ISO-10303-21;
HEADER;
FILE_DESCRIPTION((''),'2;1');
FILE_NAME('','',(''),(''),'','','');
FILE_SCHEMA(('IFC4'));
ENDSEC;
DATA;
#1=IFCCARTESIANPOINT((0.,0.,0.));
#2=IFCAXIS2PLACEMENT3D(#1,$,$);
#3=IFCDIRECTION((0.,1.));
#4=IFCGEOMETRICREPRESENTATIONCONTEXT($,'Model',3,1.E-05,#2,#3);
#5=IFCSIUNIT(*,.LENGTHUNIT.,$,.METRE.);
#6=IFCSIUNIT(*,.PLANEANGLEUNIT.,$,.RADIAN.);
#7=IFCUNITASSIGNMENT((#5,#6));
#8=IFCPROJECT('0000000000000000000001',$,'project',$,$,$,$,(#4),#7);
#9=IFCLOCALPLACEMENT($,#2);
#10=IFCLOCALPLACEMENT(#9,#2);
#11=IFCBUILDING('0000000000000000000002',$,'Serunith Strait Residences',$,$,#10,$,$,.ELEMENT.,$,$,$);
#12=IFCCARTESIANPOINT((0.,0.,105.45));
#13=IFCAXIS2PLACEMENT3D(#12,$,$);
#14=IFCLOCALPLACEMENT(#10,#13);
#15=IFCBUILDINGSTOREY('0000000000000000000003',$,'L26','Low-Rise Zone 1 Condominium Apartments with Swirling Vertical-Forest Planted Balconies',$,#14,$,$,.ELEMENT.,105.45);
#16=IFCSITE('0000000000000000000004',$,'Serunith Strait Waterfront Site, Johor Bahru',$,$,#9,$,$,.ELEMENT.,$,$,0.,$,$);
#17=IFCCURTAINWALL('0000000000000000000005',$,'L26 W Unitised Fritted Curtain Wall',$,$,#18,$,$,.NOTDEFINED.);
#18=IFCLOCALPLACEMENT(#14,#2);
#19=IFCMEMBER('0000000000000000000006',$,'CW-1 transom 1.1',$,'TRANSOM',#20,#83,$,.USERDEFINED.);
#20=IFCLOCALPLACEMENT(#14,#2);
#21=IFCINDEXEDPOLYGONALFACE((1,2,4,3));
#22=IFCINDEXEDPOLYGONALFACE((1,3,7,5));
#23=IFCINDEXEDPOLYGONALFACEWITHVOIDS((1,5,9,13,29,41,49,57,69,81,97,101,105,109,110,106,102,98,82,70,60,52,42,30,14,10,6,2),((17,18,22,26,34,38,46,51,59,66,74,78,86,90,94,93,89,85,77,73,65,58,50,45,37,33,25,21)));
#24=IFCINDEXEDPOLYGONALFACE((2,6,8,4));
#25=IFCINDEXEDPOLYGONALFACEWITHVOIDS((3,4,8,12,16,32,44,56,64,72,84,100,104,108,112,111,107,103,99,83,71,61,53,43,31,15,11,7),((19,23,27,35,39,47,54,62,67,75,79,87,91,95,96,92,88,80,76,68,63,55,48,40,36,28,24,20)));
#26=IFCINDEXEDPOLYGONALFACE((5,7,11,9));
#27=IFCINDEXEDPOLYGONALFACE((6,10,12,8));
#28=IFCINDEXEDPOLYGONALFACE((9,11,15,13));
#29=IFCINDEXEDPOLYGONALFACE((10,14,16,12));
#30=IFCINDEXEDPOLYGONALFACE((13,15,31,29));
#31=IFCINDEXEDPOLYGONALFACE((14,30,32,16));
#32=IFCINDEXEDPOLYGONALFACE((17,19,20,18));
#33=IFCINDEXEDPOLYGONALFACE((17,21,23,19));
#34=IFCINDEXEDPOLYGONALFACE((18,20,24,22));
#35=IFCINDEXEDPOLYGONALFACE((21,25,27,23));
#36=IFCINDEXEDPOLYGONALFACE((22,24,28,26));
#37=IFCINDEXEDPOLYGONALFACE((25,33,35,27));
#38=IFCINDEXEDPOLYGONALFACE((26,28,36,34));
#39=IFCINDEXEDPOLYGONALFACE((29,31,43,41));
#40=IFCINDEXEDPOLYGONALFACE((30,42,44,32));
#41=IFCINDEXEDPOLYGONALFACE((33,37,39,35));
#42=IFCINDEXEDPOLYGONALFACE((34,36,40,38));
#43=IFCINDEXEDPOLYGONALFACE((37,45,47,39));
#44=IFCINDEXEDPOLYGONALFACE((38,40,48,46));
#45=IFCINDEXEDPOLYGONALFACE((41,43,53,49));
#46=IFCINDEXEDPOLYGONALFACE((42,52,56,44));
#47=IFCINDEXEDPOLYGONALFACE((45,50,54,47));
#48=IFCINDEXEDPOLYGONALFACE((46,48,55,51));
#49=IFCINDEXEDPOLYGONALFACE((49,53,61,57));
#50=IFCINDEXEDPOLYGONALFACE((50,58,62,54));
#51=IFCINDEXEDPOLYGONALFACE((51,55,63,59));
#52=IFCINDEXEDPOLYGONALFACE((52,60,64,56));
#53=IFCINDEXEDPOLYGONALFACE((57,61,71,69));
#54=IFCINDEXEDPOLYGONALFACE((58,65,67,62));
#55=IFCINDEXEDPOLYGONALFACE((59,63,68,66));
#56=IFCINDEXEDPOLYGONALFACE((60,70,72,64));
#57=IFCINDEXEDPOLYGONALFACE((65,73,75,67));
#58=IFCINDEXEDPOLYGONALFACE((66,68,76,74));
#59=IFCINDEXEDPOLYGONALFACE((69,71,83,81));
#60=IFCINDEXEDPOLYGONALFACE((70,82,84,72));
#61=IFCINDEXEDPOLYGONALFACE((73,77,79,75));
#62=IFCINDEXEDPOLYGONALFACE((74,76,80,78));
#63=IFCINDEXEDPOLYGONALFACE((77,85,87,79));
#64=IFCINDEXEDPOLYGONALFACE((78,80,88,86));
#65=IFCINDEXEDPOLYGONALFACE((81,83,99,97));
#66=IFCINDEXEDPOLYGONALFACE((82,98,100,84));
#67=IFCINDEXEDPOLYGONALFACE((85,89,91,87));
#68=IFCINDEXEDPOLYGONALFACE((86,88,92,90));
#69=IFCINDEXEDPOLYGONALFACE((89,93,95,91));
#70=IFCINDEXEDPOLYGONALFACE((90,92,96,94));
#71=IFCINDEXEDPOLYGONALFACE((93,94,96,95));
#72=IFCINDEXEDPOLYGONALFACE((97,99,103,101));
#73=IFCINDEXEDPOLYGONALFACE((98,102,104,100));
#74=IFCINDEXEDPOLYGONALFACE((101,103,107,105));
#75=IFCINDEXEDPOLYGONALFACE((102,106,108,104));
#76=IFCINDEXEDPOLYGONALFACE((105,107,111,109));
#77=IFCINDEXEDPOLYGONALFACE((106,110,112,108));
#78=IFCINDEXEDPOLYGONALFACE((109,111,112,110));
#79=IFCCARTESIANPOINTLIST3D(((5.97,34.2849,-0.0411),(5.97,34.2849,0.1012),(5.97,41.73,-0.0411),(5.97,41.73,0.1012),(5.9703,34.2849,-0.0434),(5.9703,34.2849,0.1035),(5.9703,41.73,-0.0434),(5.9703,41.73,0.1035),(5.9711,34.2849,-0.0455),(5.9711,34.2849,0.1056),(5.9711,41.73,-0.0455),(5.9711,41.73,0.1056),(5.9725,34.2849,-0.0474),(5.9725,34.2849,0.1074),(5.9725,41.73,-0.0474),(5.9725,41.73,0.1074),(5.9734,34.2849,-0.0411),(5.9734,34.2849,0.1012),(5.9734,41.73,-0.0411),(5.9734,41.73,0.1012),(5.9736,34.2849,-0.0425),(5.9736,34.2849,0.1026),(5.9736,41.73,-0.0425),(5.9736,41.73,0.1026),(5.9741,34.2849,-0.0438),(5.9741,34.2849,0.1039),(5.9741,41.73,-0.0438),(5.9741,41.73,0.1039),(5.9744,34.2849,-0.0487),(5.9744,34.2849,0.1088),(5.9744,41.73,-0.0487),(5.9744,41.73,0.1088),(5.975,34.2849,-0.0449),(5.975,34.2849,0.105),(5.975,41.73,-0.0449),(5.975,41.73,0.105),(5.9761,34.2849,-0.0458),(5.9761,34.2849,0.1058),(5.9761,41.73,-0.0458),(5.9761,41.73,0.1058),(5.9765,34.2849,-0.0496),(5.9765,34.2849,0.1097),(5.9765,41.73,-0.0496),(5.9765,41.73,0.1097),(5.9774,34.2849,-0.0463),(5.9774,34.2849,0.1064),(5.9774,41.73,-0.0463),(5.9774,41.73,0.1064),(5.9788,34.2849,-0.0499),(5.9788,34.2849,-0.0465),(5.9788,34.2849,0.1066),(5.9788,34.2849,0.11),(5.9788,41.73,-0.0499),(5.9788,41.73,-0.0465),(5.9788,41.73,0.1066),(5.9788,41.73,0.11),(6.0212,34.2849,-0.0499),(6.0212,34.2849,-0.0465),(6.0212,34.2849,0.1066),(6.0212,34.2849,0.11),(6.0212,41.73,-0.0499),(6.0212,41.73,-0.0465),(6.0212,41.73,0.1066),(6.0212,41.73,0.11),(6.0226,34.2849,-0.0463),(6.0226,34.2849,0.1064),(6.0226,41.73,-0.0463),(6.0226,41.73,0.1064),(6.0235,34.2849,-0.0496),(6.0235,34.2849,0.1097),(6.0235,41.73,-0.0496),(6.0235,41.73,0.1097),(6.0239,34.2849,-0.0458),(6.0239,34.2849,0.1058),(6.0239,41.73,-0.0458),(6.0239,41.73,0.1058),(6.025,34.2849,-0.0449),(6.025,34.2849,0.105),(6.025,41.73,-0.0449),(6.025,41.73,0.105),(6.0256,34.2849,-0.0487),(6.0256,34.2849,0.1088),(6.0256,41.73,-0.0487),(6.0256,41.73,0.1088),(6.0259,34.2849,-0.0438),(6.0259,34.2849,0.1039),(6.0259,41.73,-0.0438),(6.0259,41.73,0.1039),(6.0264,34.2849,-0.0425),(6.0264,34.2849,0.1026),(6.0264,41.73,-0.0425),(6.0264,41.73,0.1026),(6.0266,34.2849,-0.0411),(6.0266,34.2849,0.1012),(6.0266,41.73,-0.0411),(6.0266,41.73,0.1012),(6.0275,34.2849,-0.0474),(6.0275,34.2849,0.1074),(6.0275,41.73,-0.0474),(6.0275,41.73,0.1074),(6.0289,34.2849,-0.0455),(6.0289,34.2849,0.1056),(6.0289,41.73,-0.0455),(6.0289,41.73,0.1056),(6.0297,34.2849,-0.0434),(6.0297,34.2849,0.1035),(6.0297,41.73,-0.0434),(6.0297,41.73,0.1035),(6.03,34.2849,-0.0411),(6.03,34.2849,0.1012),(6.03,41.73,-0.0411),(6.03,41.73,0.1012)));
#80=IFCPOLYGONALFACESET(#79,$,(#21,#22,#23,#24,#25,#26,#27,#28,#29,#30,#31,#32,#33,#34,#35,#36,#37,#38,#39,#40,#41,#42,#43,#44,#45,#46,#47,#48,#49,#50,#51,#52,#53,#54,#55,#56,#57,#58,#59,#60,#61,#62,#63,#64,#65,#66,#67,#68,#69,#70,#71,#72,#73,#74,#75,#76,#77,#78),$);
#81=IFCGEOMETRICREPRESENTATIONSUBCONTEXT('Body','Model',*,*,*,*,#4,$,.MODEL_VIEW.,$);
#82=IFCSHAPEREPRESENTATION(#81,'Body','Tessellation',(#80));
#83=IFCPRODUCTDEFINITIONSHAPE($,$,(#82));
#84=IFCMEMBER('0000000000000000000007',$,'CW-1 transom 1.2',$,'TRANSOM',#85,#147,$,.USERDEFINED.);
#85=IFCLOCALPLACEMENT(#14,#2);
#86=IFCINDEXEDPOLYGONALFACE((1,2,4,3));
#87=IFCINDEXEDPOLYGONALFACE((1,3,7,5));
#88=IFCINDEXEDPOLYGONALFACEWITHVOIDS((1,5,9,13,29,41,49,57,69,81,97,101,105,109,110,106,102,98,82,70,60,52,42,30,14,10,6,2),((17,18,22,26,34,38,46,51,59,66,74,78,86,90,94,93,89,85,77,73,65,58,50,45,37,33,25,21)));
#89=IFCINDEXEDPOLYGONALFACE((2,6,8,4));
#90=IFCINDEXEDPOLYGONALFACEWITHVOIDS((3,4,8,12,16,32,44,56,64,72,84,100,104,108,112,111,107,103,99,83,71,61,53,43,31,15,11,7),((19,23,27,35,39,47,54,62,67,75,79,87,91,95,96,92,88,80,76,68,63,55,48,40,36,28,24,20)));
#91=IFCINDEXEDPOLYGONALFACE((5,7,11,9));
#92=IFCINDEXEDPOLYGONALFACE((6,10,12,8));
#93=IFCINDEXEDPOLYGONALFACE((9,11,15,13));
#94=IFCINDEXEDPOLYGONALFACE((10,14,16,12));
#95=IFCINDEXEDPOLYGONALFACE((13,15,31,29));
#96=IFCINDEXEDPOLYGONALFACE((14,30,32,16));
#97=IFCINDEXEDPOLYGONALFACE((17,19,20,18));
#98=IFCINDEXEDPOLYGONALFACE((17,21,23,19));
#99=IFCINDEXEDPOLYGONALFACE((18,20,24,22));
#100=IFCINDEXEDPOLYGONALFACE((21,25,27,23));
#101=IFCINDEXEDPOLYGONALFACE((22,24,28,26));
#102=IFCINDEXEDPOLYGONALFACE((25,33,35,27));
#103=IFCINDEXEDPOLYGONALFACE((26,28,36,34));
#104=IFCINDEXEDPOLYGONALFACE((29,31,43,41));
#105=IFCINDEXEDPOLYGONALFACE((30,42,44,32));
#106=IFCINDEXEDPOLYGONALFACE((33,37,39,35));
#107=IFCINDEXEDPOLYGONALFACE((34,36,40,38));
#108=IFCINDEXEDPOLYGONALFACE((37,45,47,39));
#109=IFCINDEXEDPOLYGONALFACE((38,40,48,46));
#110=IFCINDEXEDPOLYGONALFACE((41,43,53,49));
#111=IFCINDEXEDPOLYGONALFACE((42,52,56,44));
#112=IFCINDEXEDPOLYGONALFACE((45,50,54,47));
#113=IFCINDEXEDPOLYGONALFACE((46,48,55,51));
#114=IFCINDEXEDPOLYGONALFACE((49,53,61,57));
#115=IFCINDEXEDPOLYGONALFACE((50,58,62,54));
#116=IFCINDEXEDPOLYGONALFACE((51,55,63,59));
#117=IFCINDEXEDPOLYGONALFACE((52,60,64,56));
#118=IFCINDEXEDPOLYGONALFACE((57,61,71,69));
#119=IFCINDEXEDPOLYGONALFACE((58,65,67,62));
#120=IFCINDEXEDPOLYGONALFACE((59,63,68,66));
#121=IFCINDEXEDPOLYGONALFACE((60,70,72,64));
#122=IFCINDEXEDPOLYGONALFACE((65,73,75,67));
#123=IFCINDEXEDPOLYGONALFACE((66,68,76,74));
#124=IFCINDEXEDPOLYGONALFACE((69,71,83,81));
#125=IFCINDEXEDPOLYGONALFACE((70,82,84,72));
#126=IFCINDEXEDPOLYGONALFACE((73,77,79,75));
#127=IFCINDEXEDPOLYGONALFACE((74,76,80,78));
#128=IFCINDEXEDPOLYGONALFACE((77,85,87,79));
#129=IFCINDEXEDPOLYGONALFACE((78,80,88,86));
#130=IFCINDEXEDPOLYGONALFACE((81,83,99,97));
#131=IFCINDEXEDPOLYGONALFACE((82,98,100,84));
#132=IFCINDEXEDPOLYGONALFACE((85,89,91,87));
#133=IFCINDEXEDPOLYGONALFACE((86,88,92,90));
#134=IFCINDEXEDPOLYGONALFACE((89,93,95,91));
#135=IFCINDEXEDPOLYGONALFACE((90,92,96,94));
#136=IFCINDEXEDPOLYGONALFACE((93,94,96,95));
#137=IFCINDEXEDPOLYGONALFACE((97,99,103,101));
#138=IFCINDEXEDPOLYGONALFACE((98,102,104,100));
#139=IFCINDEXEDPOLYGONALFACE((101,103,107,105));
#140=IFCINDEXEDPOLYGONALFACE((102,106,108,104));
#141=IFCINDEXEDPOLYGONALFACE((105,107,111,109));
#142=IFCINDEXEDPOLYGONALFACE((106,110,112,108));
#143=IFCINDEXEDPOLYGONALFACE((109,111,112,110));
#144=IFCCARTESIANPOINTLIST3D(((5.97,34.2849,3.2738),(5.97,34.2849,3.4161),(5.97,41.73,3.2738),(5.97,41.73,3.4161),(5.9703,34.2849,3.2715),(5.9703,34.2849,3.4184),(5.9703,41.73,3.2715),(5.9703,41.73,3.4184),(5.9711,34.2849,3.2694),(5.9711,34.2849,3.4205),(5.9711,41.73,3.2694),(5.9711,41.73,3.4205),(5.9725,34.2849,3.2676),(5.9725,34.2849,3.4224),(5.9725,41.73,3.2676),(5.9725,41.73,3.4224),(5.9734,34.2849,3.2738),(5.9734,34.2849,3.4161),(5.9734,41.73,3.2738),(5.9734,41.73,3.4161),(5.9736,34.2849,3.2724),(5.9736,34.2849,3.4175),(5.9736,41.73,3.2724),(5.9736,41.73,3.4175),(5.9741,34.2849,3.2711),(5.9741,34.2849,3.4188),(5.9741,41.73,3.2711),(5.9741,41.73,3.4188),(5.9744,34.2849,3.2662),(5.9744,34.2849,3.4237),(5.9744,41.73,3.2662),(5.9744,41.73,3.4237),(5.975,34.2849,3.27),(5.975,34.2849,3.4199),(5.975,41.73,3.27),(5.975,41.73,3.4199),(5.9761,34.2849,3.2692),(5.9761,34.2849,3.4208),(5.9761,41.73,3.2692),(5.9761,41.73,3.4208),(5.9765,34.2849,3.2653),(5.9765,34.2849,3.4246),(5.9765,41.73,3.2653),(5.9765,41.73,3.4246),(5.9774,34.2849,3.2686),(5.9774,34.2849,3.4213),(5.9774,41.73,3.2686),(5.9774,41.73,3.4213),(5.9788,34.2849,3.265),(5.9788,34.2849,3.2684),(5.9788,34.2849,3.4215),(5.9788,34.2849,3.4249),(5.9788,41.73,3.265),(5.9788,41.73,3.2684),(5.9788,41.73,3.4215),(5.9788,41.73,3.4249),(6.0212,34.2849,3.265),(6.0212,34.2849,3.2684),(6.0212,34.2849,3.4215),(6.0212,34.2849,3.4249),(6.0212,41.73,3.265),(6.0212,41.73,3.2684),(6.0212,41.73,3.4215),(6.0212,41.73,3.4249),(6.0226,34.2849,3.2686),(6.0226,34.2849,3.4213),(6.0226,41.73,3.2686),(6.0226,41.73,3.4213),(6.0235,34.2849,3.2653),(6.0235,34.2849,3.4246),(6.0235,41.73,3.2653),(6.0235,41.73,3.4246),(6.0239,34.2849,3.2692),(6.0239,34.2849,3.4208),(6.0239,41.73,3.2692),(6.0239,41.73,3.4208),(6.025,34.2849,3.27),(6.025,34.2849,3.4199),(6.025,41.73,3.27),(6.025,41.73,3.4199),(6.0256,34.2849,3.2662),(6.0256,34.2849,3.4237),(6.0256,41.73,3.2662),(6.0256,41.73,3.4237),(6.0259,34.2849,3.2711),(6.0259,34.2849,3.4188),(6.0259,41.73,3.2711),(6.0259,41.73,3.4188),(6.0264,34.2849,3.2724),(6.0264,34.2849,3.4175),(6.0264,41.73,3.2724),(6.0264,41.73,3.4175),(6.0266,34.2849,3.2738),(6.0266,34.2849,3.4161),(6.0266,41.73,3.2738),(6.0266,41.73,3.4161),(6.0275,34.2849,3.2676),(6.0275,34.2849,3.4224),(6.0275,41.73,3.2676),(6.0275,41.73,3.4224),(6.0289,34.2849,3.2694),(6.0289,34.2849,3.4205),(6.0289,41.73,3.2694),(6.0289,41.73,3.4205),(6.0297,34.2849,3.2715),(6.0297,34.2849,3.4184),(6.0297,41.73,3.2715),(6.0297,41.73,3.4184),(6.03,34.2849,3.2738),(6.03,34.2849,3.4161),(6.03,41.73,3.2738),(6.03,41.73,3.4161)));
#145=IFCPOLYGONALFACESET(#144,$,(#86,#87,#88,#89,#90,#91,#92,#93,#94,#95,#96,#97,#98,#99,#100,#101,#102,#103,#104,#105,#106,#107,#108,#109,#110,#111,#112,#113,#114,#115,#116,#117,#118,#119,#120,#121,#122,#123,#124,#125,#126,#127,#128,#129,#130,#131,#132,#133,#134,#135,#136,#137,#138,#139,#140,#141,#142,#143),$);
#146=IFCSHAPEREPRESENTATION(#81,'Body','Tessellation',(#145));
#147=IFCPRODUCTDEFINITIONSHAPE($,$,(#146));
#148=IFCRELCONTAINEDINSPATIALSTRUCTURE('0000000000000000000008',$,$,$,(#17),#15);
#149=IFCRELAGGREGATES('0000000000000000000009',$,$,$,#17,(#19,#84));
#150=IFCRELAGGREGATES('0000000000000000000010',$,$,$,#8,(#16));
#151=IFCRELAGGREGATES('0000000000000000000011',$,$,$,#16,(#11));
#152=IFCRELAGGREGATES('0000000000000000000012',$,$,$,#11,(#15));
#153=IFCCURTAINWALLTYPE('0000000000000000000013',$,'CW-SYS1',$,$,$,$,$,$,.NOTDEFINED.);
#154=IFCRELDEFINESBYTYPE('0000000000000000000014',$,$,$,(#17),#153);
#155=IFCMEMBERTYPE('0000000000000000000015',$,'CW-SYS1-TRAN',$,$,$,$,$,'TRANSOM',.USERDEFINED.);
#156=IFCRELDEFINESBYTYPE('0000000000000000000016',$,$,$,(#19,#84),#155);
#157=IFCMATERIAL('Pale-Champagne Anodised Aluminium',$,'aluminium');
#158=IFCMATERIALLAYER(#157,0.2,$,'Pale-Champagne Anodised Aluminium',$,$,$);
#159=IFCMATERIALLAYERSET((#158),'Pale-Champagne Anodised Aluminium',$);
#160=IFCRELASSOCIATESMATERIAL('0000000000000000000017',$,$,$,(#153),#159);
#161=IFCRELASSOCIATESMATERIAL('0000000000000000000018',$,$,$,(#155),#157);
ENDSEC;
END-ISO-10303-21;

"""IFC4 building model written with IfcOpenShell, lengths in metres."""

from ifc_helpers import new_model, si_unit, direction, frame, origin, origin_2d, place, context, subcontext, project, spatial, hollow_rectangle, extrude, source, transform, mapped, material, layer, layer_set, material_profile, profile_set, type_object, element, aggregate, save


model = new_model("IFC4")

# Units and contexts
model_context = context("Model", 3, precision=1e-05, world=origin(), true_north=direction((0.0, 1.0)))
body_context = subcontext(model_context, "Body", "Model", "MODEL_VIEW")
ifc_project = project(units=[si_unit("LENGTHUNIT", "METRE"), si_unit("PLANEANGLEUNIT", "RADIAN")], contexts=[model_context])

# Site, building, storey
site_placement = place(None, origin())
site = spatial("IfcSite", under=ifc_project, at=site_placement, Name="Serunith Strait Waterfront Site, Johor Bahru", CompositionType="ELEMENT", RefElevation=0.0)
building_placement = place(site_placement, origin())
building = spatial("IfcBuilding", under=site, at=building_placement, Name="Serunith Strait Residences", CompositionType="ELEMENT")
storey_placement = place(building_placement, frame((0.0, 0.0, 105.45)))
storey = spatial("IfcBuildingStorey", under=building, at=storey_placement, Name="L26", Description="Low-Rise Zone 1 Condominium Apartments with Swirling Vertical-Forest Planted Balconies", CompositionType="ELEMENT", Elevation=105.45)

# Curtain wall, members
ifc_material_1 = material(Name="Pale-Champagne Anodised Aluminium", Category="aluminium")
ifc_layer_1 = layer(ifc_material_1, 0.2, Name="Pale-Champagne Anodised Aluminium")
ifc_layer_set_1 = layer_set([ifc_layer_1], Name="Pale-Champagne Anodised Aluminium")
curtain_wall_type = type_object("IfcCurtainWallType", Name="CW-SYS1", PredefinedType="NOTDEFINED", material=ifc_layer_set_1)
ifc_material_profile_1 = material_profile(ifc_material_1, hollow_rectangle(XDim=0.0601, YDim=0.1599, WallThickness=0.0034, InnerFilletRadius=0.0054, OuterFilletRadius=0.0088, at=origin_2d()), Name="ALU 160x60x3.5")
ifc_profile_set_1 = profile_set([ifc_material_profile_1], Name="Pale-Champagne Anodised Aluminium")
member_type_1 = type_object("IfcMemberType", Name="CW-SYS1-TRAN", ElementType="TRANSOM", PredefinedType="USERDEFINED", material=ifc_profile_set_1)
curtain_wall_1_placement = place(storey_placement, origin())
curtain_wall_1 = element("IfcCurtainWall", 1, at=curtain_wall_1_placement, inside=storey, type_object=curtain_wall_type, Name="L26 W Unitised Fritted Curtain Wall", PredefinedType="NOTDEFINED")
shared_shape_1 = source(origin(), body_context, "Body", "SweptSolid", [
    extrude(hollow_rectangle(XDim=0.0601, YDim=0.1599, WallThickness=0.0034, InnerFilletRadius=0.0054, OuterFilletRadius=0.0088, at=origin_2d()), origin(), (0.0, 0.0, 1.0), 7.4451),
])
member_1_placement = place(storey_placement, frame((6.0, 41.73, 0.03), z_axis=(0.0, -1.0, 0.0), x_axis=(1.0, 0.0, 0.0)))
member_1 = element("IfcMember", 2, at=member_1_placement, type_object=member_type_1, Name="CW-1 transom 1.1", ObjectType="TRANSOM", PredefinedType="USERDEFINED", context=body_context, shape_type="MappedRepresentation", body=[
    mapped(shared_shape_1, transform((0.0, 0.0, 0.0), scale=1.0)),
])
member_2_placement = place(storey_placement, frame((6.0, 41.73, 3.345), z_axis=(0.0, -1.0, 0.0), x_axis=(1.0, 0.0, 0.0)))
member_2 = element("IfcMember", 3, at=member_2_placement, type_object=member_type_1, Name="CW-1 transom 1.2", ObjectType="TRANSOM", PredefinedType="USERDEFINED", context=body_context, shape_type="MappedRepresentation", body=[
    mapped(shared_shape_1, transform((0.0, 0.0, 0.0), scale=1.0)),
])

aggregate(curtain_wall_1, [member_1, member_2])

save(model, "model.ifc")
